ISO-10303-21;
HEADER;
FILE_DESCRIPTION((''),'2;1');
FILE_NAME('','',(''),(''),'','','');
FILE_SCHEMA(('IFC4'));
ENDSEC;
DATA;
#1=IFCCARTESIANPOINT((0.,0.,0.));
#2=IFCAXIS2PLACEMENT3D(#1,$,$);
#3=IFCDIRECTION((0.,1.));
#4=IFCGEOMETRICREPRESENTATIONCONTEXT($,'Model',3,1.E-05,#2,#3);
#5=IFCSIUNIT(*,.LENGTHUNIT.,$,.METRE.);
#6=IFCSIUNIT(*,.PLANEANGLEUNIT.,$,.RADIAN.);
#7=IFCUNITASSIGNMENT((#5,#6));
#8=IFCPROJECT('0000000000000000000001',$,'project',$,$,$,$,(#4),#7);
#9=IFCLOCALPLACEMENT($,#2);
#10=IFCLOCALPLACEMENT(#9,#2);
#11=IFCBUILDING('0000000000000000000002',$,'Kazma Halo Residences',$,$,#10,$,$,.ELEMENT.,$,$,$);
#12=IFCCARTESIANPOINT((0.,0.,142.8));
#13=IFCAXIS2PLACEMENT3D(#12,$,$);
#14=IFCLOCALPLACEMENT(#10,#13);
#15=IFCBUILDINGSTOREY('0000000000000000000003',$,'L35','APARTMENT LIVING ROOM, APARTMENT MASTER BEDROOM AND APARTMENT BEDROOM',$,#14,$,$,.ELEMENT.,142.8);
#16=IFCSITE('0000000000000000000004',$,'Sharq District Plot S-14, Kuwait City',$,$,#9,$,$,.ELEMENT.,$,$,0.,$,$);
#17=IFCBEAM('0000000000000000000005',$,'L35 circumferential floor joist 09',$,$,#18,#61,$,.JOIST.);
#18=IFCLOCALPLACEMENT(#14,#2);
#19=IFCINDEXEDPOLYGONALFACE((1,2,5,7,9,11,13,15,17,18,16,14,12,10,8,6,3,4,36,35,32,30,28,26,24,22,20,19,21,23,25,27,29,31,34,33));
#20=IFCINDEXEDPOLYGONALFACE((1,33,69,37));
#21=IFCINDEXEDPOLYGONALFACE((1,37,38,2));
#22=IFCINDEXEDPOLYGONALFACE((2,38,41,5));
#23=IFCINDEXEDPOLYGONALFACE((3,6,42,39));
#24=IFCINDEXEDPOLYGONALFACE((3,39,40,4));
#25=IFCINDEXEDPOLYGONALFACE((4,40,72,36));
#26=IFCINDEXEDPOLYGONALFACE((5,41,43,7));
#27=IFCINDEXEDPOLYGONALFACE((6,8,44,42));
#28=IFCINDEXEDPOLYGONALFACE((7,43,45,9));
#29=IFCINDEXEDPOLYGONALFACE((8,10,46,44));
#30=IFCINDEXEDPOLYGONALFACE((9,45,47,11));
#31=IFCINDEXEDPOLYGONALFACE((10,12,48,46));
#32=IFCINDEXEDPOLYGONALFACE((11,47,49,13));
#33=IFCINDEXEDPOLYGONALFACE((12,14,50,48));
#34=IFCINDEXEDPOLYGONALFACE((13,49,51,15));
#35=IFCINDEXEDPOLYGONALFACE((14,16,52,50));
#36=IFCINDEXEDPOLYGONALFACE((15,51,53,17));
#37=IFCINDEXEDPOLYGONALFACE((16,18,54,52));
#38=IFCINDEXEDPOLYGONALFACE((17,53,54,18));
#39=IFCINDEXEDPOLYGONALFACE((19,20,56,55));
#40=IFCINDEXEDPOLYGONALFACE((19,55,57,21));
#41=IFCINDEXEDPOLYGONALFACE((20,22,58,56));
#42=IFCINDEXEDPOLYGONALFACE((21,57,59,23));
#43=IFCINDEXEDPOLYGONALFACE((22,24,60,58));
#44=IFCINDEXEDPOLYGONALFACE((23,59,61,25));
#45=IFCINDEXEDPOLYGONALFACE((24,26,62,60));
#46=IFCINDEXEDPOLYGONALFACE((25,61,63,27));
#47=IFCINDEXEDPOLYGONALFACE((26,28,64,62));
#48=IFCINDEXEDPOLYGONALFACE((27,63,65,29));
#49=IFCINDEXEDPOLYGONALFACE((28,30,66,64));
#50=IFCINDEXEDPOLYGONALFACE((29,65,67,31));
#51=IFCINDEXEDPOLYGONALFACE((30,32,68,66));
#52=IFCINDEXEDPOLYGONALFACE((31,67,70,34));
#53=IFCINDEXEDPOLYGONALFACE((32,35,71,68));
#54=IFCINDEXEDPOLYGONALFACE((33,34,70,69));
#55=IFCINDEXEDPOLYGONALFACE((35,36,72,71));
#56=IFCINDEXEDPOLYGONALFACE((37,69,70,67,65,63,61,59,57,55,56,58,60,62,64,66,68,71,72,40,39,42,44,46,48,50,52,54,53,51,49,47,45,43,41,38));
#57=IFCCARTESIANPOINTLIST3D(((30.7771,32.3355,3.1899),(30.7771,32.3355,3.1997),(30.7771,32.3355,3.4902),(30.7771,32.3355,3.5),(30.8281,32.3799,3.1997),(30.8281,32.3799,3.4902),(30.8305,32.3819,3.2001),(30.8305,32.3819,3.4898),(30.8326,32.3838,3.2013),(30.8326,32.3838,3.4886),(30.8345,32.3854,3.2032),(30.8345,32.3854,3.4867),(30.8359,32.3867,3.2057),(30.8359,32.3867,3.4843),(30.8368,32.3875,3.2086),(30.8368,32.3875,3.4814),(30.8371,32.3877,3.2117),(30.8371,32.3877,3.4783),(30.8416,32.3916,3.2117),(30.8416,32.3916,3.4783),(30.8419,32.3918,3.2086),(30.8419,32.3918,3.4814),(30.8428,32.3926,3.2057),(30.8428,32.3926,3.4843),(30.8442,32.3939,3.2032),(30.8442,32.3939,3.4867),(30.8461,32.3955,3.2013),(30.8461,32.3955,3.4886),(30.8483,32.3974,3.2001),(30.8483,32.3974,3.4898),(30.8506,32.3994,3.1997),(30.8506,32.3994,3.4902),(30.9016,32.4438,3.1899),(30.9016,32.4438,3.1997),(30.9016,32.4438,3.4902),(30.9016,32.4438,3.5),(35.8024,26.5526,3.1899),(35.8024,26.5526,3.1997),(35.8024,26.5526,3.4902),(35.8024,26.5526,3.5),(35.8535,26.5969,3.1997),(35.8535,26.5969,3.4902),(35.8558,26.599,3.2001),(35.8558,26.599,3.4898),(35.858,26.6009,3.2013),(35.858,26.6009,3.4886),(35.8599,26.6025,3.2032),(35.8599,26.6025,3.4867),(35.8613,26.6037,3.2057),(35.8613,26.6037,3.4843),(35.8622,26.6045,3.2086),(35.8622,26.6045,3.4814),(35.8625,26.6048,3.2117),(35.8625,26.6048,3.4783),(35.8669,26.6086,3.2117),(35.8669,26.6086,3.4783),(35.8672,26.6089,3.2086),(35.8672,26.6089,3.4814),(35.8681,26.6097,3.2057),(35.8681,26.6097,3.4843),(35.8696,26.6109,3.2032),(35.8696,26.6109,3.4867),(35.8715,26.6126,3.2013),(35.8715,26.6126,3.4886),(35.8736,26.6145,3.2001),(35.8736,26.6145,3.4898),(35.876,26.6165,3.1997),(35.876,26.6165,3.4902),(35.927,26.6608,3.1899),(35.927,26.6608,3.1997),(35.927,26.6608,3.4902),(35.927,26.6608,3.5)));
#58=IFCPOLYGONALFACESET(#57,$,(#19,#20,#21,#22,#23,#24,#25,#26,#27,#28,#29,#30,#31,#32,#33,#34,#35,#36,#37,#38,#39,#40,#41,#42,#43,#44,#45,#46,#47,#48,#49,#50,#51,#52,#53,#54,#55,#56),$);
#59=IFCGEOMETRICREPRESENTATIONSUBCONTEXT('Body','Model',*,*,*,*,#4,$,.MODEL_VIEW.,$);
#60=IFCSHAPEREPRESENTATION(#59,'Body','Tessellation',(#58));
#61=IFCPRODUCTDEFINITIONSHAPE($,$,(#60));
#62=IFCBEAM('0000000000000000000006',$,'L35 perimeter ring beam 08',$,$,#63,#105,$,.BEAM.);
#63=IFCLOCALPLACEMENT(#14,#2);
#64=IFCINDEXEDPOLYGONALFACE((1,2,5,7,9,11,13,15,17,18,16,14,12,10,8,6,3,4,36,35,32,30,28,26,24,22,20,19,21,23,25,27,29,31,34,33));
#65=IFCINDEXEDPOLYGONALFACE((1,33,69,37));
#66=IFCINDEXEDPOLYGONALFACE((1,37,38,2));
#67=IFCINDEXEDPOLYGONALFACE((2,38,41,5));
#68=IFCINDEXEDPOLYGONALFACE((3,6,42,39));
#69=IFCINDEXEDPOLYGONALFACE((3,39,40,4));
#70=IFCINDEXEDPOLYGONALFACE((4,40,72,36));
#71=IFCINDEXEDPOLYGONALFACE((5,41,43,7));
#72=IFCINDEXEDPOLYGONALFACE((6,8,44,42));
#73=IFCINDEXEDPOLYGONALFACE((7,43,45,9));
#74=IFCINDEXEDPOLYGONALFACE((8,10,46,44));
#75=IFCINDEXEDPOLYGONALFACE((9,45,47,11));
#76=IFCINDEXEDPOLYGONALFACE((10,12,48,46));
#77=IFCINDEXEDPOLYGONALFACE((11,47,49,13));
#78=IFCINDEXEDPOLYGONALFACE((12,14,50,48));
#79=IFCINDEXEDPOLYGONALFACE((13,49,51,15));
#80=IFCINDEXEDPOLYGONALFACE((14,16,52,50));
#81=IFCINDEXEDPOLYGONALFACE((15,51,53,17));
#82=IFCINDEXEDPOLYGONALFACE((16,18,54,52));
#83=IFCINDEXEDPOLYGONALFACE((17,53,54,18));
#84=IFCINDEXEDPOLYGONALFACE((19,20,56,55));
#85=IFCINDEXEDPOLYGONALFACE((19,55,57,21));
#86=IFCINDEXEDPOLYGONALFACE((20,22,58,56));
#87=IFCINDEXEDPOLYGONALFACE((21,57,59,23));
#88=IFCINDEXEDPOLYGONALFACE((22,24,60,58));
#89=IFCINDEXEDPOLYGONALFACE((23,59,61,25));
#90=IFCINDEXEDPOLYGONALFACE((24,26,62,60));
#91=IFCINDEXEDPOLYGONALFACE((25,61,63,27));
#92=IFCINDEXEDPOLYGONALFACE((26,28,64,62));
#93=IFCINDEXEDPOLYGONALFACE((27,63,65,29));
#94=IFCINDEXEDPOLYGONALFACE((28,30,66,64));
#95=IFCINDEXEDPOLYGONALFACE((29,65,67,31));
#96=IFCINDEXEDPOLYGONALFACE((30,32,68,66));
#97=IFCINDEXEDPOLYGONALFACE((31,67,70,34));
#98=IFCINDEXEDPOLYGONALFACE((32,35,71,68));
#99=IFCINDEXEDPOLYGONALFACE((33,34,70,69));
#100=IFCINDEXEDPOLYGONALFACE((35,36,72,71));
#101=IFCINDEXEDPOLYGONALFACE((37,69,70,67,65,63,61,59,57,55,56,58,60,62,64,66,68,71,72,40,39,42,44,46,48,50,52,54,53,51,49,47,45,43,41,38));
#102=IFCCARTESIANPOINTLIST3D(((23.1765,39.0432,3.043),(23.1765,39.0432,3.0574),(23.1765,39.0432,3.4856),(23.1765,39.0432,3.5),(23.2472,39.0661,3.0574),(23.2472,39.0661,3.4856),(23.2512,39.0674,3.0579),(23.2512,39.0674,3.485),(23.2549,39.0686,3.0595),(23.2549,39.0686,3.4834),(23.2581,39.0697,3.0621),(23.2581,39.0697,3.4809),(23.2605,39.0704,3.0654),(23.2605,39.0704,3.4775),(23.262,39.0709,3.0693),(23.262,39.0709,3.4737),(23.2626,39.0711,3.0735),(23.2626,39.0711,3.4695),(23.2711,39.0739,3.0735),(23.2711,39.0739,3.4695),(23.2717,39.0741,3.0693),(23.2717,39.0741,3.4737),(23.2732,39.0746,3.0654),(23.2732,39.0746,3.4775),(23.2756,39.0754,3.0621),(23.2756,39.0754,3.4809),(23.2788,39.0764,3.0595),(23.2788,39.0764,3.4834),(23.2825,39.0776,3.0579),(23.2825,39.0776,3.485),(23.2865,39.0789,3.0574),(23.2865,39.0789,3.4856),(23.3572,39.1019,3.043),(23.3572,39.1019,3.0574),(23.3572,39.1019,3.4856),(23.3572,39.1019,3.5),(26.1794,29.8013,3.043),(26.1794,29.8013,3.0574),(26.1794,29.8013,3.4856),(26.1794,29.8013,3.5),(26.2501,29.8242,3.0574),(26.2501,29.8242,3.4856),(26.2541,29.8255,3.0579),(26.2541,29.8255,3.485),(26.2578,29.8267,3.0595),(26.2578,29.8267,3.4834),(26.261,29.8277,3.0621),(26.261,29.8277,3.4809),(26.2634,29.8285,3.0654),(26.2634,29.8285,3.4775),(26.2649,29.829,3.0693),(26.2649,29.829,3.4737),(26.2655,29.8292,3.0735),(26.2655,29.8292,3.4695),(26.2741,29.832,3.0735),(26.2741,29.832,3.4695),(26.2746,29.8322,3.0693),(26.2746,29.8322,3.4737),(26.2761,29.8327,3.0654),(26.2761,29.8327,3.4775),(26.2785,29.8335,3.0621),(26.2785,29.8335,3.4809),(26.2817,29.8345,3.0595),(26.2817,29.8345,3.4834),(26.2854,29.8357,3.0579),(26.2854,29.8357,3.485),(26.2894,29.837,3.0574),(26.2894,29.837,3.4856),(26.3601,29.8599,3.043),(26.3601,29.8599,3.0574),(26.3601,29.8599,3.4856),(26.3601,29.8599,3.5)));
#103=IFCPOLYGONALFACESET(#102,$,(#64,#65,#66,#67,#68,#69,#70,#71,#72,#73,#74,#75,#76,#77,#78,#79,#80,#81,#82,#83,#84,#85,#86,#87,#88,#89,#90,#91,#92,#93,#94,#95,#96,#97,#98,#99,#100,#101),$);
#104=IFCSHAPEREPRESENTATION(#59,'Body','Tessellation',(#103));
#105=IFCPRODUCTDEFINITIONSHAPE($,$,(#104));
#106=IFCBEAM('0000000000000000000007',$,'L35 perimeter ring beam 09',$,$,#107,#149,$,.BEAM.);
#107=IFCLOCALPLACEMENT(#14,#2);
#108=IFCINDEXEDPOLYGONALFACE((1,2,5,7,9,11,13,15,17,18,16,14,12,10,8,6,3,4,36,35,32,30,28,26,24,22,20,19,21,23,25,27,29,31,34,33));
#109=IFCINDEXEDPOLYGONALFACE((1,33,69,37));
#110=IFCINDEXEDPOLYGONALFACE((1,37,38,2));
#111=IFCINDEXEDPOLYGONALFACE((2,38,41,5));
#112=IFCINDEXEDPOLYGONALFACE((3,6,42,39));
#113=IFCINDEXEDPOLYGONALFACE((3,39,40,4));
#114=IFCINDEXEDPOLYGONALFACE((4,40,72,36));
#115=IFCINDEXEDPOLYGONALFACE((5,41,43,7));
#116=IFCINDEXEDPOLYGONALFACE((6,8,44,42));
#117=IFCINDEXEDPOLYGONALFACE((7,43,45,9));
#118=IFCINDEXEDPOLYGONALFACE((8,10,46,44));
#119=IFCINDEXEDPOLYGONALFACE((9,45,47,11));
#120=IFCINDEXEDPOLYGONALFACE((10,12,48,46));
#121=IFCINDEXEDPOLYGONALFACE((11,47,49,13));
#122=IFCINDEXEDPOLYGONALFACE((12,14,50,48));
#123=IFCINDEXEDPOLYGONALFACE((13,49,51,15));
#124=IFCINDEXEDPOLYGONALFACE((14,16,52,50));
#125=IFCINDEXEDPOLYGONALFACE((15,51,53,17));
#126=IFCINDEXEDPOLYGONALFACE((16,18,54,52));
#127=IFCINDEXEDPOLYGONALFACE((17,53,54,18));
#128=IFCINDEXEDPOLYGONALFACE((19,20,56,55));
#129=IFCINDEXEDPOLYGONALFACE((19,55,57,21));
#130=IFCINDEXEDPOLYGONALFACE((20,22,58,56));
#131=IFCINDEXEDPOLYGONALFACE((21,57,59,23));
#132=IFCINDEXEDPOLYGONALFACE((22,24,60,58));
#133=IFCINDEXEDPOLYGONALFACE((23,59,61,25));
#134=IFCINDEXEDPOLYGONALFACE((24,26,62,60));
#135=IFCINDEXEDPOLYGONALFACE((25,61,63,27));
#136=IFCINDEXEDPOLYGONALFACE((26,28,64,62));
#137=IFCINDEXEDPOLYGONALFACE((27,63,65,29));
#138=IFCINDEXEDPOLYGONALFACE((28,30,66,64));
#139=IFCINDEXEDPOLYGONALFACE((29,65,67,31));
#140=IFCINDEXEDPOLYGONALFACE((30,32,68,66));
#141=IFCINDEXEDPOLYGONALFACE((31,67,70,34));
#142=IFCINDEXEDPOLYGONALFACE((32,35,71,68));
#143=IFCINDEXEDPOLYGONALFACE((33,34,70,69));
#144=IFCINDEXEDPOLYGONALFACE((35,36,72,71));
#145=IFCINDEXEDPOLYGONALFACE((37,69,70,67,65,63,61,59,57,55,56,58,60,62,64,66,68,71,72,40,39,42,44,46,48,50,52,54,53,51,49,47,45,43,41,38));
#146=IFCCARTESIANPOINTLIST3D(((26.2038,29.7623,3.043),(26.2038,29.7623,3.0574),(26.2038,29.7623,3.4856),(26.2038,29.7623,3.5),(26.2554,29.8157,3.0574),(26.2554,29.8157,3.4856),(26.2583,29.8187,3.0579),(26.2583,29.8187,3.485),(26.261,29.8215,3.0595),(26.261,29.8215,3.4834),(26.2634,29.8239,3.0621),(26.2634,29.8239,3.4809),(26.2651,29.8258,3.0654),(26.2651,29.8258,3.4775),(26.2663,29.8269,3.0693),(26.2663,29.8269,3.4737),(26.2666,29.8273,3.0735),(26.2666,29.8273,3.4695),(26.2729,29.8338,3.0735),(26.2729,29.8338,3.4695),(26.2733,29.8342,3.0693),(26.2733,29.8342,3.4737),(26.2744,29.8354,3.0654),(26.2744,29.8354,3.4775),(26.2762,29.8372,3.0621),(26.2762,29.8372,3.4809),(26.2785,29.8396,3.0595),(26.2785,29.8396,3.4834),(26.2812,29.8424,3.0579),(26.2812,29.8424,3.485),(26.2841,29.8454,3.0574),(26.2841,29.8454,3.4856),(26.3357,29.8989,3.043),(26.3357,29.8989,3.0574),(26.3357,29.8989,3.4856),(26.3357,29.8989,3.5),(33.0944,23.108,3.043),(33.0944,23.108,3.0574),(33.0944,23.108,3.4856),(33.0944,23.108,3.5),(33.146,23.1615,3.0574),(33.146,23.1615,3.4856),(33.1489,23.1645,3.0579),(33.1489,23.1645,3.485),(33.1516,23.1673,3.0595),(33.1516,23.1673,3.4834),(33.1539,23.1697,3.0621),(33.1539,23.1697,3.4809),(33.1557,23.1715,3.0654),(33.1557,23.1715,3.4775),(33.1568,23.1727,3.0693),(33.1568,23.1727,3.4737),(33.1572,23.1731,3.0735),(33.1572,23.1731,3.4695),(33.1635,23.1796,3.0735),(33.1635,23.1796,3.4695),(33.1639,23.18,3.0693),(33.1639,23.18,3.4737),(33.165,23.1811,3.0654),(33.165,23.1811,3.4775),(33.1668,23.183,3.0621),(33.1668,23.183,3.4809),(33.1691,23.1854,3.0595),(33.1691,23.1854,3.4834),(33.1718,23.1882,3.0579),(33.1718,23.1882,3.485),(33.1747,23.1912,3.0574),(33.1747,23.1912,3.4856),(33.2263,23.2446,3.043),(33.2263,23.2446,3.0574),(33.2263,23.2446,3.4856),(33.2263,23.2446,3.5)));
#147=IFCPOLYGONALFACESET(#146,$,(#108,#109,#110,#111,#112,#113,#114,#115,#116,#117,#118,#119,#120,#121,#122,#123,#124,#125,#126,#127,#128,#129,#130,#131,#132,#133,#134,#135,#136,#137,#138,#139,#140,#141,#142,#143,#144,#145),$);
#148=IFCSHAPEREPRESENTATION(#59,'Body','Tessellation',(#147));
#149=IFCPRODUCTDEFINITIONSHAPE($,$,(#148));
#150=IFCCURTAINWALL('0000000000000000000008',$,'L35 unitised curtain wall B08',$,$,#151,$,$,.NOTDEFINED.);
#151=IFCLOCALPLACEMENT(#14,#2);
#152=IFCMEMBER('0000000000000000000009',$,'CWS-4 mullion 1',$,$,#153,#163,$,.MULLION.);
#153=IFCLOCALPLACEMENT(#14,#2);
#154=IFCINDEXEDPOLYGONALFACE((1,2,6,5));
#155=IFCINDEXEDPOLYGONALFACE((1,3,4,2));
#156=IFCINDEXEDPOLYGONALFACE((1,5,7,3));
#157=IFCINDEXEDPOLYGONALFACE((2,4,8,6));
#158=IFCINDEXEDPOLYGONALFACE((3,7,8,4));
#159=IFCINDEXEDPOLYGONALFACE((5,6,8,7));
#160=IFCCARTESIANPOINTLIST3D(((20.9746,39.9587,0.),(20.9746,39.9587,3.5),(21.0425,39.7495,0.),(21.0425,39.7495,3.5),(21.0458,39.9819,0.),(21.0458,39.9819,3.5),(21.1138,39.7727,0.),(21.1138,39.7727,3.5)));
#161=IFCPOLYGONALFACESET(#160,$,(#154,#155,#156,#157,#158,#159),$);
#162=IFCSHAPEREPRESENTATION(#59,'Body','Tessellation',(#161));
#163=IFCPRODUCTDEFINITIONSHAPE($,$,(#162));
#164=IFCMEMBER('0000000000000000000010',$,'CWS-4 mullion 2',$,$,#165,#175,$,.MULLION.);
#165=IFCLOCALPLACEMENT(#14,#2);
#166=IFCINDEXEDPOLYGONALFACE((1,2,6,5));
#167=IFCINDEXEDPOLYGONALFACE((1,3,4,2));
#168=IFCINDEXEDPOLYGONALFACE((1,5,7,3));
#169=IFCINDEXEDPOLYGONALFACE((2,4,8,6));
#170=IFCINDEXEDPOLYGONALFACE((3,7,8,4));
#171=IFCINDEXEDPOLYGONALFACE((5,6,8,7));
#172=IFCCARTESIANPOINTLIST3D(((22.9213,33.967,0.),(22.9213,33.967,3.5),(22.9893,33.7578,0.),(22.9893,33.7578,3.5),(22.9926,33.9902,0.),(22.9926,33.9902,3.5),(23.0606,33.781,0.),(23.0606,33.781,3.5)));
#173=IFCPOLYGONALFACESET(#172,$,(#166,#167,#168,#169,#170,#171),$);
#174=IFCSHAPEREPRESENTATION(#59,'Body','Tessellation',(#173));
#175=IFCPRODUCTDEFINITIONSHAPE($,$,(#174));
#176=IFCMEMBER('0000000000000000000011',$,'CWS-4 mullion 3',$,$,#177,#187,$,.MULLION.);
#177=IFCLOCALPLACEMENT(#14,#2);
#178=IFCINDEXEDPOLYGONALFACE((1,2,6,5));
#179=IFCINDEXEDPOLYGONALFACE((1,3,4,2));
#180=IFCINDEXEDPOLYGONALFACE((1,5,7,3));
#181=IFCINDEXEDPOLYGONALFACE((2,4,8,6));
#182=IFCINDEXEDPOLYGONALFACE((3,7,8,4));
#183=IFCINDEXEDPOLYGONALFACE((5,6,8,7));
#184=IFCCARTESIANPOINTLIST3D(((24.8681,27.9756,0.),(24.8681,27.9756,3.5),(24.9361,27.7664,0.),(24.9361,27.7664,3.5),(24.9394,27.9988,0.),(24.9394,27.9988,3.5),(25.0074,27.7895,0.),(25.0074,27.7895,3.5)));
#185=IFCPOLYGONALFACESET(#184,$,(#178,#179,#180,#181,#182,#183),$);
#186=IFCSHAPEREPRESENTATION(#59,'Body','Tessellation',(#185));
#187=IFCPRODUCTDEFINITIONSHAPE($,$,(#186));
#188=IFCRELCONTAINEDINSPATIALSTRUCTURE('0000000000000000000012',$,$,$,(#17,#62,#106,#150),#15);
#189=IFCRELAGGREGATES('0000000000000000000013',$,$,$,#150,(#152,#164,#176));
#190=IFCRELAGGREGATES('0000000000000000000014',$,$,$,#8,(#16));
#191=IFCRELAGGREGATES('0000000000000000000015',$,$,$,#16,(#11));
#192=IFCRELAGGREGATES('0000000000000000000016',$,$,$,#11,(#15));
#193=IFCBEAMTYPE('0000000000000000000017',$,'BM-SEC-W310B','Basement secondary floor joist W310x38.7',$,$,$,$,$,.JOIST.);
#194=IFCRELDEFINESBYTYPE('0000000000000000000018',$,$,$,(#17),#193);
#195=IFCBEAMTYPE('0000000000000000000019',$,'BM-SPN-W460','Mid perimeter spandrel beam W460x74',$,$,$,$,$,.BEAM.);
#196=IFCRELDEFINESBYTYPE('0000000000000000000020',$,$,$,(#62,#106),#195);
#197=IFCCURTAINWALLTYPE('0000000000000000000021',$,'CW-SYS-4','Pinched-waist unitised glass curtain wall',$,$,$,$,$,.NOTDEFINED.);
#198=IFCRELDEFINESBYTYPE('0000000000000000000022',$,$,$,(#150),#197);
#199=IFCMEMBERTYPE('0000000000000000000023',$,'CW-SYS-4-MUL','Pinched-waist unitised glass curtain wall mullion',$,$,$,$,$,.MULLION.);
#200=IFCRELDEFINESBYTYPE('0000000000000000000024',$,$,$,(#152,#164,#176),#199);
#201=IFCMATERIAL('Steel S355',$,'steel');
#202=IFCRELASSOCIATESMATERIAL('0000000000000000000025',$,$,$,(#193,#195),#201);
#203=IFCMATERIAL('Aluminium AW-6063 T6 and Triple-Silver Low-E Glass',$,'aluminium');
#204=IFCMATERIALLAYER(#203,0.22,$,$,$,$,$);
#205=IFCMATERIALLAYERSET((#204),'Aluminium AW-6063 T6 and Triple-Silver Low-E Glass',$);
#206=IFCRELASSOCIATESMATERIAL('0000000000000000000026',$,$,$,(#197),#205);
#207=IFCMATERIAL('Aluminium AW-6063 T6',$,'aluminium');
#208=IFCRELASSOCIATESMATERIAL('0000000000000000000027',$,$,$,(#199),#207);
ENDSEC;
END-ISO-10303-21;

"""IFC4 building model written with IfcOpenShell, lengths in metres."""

from ifc_helpers import new_model, si_unit, direction, frame, origin, origin_2d, place, context, subcontext, project, spatial, rectangle, i_section, extrude, material, layer, layer_set, material_profile, profile_set, type_object, element, aggregate, save


model = new_model("IFC4")

# Units and contexts
model_context = context("Model", 3, precision=1e-05, world=origin(), true_north=direction((0.0, 1.0)))
body_context = subcontext(model_context, "Body", "Model", "MODEL_VIEW")
ifc_project = project(units=[si_unit("LENGTHUNIT", "METRE"), si_unit("PLANEANGLEUNIT", "RADIAN")], contexts=[model_context])

# Site, building, storey
site_placement = place(None, origin())
site = spatial("IfcSite", under=ifc_project, at=site_placement, Name="Sharq District Plot S-14, Kuwait City", CompositionType="ELEMENT", RefElevation=0.0)
building_placement = place(site_placement, origin())
building = spatial("IfcBuilding", under=site, at=building_placement, Name="Kazma Halo Residences", CompositionType="ELEMENT")
storey_placement = place(building_placement, frame((0.0, 0.0, 142.8)))
storey = spatial("IfcBuildingStorey", under=building, at=storey_placement, Name="L35", Description="APARTMENT LIVING ROOM, APARTMENT MASTER BEDROOM AND APARTMENT BEDROOM", CompositionType="ELEMENT", Elevation=142.8)

# Beams
ifc_material_1 = material(Name="Steel S355", Category="steel")
ifc_material_profile_1 = material_profile(ifc_material_1, i_section(OverallWidth=0.165, OverallDepth=0.3101, WebThickness=0.0059, FlangeThickness=0.0098, FilletRadius=0.012, at=origin_2d()), Name="W310x38.7")
ifc_profile_set_1 = profile_set([ifc_material_profile_1], Name="Steel S355")
beam_type_1 = type_object("IfcBeamType", Name="BM-SEC-W310B", Description="Basement secondary floor joist W310x38.7", PredefinedType="JOIST", material=ifc_profile_set_1)
beam_1_placement = place(storey_placement, frame((30.8394, 32.3896, 3.345), z_axis=(0.655936, -0.754817, 0.0), x_axis=(0.754817, 0.655936, 0.0)))
element("IfcBeam", 1, at=beam_1_placement, inside=storey, type_object=beam_type_1, Name="L35 circumferential floor joist 09", PredefinedType="JOIST", context=body_context, shape_type="SweptSolid", body=[
    extrude(i_section(OverallWidth=0.165, OverallDepth=0.3101, WebThickness=0.0059, FlangeThickness=0.0098, FilletRadius=0.012, at=origin_2d()), origin(), (0.0, 0.0, 1.0), 7.6614),
])
ifc_material_profile_2 = material_profile(ifc_material_1, i_section(OverallWidth=0.1899, OverallDepth=0.457, WebThickness=0.009, FlangeThickness=0.0144, FilletRadius=0.0161, at=origin_2d()), Name="W460x74")
ifc_profile_set_2 = profile_set([ifc_material_profile_2], Name="Steel S355")
beam_type_2 = type_object("IfcBeamType", Name="BM-SPN-W460", Description="Mid perimeter spandrel beam W460x74", PredefinedType="BEAM", material=ifc_profile_set_2)
beam_2_placement = place(storey_placement, frame((23.2668, 39.0725, 3.2715), z_axis=(0.309021, -0.951055, 0.0), x_axis=(0.951055, 0.309021, 0.0)))
element("IfcBeam", 2, at=beam_2_placement, inside=storey, type_object=beam_type_2, Name="L35 perimeter ring beam 08", PredefinedType="BEAM", context=body_context, shape_type="SweptSolid", body=[
    extrude(i_section(OverallWidth=0.1899, OverallDepth=0.457, WebThickness=0.009, FlangeThickness=0.0144, FilletRadius=0.0161, at=origin_2d()), origin(), (0.0, 0.0, 1.0), 9.7175),
])
beam_3_placement = place(storey_placement, frame((26.2698, 29.8306, 3.2715), z_axis=(0.719335, -0.694664, 0.0), x_axis=(0.694664, 0.719335, 0.0)))
element("IfcBeam", 3, at=beam_3_placement, inside=storey, type_object=beam_type_2, Name="L35 perimeter ring beam 09", PredefinedType="BEAM", context=body_context, shape_type="SweptSolid", body=[
    extrude(i_section(OverallWidth=0.1899, OverallDepth=0.457, WebThickness=0.009, FlangeThickness=0.0144, FilletRadius=0.0161, at=origin_2d()), origin(), (0.0, 0.0, 1.0), 9.5791),
])

# Curtain wall, members
ifc_material_2 = material(Name="Aluminium AW-6063 T6 and Triple-Silver Low-E Glass", Category="aluminium")
ifc_layer_1 = layer(ifc_material_2, 0.22)
ifc_layer_set_1 = layer_set([ifc_layer_1], Name="Aluminium AW-6063 T6 and Triple-Silver Low-E Glass")
curtain_wall_type = type_object("IfcCurtainWallType", Name="CW-SYS-4", Description="Pinched-waist unitised glass curtain wall", PredefinedType="NOTDEFINED", material=ifc_layer_set_1)
curtain_wall_placement = place(storey_placement, origin())
curtain_wall = element("IfcCurtainWall", 4, at=curtain_wall_placement, inside=storey, type_object=curtain_wall_type, Name="L35 unitised curtain wall B08", PredefinedType="NOTDEFINED")
ifc_material_3 = material(Name="Aluminium AW-6063 T6", Category="aluminium")
ifc_material_profile_3 = material_profile(ifc_material_3, rectangle(XDim=0.075, YDim=0.22, at=origin_2d()), Name="CWM-75x220")
ifc_profile_set_3 = profile_set([ifc_material_profile_3], Name="Aluminium AW-6063 T6")
member_type_1 = type_object("IfcMemberType", Name="CW-SYS-4-MUL", Description="Pinched-waist unitised glass curtain wall mullion", PredefinedType="MULLION", material=ifc_profile_set_3)
member_1_placement = place(storey_placement, frame((21.0442, 39.8657, 0.0), z_axis=(0.0, 0.0, 1.0), x_axis=(0.951058, 0.309014, 0.0)))
member_1 = element("IfcMember", 5, at=member_1_placement, type_object=member_type_1, Name="CWS-4 mullion 1", PredefinedType="MULLION", context=body_context, shape_type="SweptSolid", body=[
    extrude(rectangle(XDim=0.075, YDim=0.22, at=origin_2d()), origin(), (0.0, 0.0, 1.0), 3.5),
])
member_2_placement = place(storey_placement, frame((22.991, 33.874, 0.0), z_axis=(0.0, 0.0, 1.0), x_axis=(0.951058, 0.309014, 0.0)))
member_2 = element("IfcMember", 6, at=member_2_placement, type_object=member_type_1, Name="CWS-4 mullion 2", PredefinedType="MULLION", context=body_context, shape_type="SweptSolid", body=[
    extrude(rectangle(XDim=0.075, YDim=0.22, at=origin_2d()), origin(), (0.0, 0.0, 1.0), 3.5),
])
member_3_placement = place(storey_placement, frame((24.9377, 27.8826, 0.0), z_axis=(0.0, 0.0, 1.0), x_axis=(0.951058, 0.309014, 0.0)))
member_3 = element("IfcMember", 7, at=member_3_placement, type_object=member_type_1, Name="CWS-4 mullion 3", PredefinedType="MULLION", context=body_context, shape_type="SweptSolid", body=[
    extrude(rectangle(XDim=0.075, YDim=0.22, at=origin_2d()), origin(), (0.0, 0.0, 1.0), 3.5),
])
aggregate(curtain_wall, [member_1, member_2, member_3])

save(model, "model.ifc")
